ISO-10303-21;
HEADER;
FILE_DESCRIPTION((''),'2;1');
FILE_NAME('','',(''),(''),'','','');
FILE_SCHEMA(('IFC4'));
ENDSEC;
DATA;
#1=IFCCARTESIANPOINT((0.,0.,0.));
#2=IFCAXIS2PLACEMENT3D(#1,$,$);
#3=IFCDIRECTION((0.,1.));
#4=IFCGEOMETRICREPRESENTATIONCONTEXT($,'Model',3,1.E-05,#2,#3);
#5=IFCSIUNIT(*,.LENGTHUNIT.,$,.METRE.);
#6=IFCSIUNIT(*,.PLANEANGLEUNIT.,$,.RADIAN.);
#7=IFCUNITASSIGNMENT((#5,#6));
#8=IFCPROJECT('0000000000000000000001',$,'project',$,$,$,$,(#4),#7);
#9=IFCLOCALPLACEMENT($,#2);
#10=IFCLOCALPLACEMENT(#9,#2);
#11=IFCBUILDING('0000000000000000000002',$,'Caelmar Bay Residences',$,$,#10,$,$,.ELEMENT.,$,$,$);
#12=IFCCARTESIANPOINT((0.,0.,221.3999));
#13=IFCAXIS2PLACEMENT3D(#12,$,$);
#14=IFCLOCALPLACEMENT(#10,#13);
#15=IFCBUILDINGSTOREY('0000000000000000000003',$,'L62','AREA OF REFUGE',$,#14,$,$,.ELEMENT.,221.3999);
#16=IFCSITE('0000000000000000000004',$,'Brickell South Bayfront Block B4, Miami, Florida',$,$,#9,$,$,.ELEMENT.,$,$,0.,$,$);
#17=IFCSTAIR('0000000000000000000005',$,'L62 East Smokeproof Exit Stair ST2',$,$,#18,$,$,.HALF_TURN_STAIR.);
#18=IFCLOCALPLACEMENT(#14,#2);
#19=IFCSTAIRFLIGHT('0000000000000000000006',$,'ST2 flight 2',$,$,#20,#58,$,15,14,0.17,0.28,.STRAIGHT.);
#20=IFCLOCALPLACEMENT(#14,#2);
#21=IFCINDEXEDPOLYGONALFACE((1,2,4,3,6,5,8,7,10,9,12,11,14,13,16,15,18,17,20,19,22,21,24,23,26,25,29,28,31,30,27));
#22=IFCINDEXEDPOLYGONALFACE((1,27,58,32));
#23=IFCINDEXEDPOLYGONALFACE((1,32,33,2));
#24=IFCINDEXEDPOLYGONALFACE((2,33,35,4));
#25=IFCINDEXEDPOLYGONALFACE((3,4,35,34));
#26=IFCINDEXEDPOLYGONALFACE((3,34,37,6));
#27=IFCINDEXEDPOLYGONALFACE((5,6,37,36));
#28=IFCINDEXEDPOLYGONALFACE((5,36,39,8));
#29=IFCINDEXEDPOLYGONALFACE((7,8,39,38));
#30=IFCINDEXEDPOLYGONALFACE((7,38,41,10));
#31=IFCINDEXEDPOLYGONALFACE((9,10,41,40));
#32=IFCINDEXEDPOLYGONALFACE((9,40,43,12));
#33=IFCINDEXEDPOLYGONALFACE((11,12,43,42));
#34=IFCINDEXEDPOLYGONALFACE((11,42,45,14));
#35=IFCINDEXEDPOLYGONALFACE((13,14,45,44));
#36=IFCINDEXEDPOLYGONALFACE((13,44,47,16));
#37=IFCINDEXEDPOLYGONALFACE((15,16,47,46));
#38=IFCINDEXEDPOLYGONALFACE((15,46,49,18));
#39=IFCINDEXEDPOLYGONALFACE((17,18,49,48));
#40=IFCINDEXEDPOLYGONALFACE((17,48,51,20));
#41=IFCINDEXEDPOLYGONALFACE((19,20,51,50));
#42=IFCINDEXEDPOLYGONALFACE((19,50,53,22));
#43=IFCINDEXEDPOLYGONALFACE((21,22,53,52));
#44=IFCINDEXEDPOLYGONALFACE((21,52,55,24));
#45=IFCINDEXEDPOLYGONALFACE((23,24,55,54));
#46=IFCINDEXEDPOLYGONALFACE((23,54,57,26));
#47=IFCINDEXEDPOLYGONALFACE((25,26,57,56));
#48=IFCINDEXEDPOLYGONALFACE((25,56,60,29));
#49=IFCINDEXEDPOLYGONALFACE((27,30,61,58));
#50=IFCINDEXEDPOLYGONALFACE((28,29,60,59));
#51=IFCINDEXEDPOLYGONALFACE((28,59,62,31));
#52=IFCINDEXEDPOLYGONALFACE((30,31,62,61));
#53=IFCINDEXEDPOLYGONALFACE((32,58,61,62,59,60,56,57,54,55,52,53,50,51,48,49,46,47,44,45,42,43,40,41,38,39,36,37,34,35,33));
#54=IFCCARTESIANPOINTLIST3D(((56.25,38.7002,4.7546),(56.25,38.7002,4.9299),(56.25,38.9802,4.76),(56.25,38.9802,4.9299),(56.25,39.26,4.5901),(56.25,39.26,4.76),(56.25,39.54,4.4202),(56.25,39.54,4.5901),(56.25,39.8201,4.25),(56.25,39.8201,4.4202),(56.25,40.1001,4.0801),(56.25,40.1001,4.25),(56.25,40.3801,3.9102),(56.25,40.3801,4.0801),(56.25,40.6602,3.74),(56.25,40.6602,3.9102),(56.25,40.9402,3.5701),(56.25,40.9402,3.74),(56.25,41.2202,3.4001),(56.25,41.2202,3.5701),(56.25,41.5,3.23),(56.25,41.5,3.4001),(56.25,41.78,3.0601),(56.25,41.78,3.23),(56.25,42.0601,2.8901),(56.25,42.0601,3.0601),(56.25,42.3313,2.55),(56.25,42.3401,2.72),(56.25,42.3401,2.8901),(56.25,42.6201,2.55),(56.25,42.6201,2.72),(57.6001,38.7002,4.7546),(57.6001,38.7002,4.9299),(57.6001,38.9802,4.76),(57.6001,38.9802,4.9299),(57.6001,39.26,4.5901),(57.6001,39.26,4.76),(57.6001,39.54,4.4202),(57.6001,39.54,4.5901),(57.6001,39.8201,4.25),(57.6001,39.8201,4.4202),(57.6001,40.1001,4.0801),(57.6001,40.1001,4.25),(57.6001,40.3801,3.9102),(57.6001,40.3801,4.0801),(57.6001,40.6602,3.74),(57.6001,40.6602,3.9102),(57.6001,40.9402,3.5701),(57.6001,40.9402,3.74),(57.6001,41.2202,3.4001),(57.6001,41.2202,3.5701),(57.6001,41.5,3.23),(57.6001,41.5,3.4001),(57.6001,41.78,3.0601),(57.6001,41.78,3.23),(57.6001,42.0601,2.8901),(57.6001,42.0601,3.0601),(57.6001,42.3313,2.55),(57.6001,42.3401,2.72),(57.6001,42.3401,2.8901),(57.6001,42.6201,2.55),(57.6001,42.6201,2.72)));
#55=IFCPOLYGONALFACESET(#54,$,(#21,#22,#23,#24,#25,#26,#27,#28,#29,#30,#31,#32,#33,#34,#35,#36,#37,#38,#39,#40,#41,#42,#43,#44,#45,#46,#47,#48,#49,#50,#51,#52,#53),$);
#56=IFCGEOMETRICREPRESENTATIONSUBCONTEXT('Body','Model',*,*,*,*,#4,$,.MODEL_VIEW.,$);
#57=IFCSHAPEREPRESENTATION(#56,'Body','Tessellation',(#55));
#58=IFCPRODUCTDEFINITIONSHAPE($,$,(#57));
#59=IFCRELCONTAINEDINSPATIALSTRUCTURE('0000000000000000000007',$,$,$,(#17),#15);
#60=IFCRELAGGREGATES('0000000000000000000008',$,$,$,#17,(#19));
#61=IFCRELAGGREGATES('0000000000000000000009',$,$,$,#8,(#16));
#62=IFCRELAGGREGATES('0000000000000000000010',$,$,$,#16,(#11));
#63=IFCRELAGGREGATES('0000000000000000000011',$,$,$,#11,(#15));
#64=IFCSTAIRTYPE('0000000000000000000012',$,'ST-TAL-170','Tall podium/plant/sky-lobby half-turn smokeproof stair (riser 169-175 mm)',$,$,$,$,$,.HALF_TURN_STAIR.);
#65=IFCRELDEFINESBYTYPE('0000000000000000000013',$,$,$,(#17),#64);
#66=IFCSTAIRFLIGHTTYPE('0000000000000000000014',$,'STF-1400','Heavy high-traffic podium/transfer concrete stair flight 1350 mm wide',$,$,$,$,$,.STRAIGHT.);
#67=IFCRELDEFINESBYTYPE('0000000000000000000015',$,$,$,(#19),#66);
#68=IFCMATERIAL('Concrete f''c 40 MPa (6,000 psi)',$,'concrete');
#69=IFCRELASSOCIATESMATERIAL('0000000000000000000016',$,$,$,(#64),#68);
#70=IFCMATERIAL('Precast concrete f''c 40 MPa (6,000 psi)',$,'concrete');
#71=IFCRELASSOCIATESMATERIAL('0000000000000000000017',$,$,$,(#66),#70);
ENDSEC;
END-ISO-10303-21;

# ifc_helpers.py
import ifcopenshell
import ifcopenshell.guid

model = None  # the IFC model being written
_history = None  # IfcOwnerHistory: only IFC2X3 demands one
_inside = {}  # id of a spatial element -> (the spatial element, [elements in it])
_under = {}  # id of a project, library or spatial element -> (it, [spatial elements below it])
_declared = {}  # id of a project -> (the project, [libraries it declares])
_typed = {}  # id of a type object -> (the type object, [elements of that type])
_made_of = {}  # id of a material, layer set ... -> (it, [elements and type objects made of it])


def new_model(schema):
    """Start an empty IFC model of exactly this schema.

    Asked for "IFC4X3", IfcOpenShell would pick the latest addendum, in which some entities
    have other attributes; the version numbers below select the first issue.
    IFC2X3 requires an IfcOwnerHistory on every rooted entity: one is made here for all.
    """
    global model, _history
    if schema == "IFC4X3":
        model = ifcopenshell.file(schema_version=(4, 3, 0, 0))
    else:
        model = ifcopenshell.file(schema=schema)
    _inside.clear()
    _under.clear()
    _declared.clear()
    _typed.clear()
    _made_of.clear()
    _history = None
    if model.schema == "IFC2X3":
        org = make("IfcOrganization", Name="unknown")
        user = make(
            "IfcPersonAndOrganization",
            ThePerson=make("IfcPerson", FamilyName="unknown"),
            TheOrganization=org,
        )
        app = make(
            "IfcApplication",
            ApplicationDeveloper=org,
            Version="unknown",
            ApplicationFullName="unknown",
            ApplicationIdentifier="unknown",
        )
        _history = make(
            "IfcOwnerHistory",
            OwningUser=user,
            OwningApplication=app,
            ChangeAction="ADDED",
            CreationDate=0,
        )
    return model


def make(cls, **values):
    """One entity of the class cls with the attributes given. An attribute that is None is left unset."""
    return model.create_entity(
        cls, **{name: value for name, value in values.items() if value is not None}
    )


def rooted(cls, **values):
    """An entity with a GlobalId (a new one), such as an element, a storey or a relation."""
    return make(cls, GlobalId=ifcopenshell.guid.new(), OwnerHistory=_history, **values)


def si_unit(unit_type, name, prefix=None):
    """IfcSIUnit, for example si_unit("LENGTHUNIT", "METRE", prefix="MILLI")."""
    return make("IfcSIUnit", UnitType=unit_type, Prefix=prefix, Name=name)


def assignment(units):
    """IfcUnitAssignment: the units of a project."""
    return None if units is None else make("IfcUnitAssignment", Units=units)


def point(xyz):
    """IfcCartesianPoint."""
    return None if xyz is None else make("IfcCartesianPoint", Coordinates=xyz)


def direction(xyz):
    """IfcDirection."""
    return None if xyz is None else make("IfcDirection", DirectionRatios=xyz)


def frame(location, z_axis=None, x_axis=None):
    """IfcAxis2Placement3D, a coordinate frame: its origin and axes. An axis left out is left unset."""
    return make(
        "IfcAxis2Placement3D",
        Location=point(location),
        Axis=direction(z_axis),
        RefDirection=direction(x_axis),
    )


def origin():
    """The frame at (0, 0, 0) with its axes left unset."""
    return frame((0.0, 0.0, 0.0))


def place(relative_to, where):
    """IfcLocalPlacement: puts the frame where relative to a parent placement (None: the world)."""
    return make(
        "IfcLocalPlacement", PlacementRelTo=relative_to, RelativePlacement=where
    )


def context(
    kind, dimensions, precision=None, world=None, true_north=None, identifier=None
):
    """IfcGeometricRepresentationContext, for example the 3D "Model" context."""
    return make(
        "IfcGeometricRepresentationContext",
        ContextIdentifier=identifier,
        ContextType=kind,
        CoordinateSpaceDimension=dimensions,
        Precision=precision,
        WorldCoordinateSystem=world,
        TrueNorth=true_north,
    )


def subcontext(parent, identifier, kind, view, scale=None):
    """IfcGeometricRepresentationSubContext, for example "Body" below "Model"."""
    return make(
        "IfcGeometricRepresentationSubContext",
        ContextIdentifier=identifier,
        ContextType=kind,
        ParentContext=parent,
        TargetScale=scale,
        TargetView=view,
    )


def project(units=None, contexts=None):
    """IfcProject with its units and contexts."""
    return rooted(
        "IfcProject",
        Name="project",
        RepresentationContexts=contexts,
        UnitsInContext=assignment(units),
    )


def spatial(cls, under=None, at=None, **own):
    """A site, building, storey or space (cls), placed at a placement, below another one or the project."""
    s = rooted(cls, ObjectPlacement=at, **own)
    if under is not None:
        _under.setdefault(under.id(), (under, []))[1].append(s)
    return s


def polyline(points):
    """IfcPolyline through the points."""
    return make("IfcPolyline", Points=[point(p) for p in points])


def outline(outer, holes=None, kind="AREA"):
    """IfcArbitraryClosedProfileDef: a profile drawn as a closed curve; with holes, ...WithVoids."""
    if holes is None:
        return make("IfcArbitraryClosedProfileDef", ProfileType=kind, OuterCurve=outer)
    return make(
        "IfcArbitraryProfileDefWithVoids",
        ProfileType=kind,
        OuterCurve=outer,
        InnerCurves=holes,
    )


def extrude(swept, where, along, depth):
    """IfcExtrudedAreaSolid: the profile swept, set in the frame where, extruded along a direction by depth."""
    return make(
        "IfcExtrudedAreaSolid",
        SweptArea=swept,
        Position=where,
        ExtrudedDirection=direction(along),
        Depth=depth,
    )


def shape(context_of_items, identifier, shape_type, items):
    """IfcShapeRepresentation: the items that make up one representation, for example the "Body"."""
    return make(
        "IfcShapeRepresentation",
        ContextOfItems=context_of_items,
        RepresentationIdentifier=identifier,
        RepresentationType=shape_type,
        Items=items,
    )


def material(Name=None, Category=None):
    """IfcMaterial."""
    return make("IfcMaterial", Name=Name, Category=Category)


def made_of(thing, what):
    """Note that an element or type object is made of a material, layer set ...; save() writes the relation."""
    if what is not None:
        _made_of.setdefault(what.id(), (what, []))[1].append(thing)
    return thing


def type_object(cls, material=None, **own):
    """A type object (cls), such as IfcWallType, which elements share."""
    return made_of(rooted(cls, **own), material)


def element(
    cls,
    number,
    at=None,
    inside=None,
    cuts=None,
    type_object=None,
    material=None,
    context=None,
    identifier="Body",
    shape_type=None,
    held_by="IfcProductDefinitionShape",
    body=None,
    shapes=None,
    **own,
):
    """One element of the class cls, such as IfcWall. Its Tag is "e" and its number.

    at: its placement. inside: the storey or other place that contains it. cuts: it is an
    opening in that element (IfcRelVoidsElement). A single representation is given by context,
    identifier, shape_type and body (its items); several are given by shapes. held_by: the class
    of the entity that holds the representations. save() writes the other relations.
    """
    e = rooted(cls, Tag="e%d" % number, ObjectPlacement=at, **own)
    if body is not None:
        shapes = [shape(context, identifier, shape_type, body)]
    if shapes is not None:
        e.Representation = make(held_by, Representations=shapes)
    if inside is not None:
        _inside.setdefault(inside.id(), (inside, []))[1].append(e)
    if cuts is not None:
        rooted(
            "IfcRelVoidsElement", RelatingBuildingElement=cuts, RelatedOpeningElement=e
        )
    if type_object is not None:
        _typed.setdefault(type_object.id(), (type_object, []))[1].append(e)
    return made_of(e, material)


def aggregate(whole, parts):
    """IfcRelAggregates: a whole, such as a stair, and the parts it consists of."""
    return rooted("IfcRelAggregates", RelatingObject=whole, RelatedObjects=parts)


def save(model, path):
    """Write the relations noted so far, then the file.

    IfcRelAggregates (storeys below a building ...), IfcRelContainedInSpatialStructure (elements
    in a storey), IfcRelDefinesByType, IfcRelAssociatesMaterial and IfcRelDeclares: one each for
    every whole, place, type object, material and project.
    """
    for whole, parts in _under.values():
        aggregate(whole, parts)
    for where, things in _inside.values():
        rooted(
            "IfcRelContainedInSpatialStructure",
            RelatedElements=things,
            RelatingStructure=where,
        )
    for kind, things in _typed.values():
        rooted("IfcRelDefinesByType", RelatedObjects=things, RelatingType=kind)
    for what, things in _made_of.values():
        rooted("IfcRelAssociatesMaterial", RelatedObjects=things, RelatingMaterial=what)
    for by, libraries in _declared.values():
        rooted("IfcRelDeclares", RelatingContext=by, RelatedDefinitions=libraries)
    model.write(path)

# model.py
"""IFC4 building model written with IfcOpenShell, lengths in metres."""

from ifc_helpers import new_model, si_unit, direction, frame, origin, place, context, subcontext, project, spatial, polyline, outline, extrude, material, type_object, element, aggregate, save


model = new_model("IFC4")

# Units and contexts
model_context = context("Model", 3, precision=1e-05, world=origin(), true_north=direction((0.0, 1.0)))
body_context = subcontext(model_context, "Body", "Model", "MODEL_VIEW")
ifc_project = project(units=[si_unit("LENGTHUNIT", "METRE"), si_unit("PLANEANGLEUNIT", "RADIAN")], contexts=[model_context])

# Site, building, storey
site_placement = place(None, origin())
site = spatial("IfcSite", under=ifc_project, at=site_placement, Name="Brickell South Bayfront Block B4, Miami, Florida", CompositionType="ELEMENT", RefElevation=0.0)
building_placement = place(site_placement, origin())
building = spatial("IfcBuilding", under=site, at=building_placement, Name="Caelmar Bay Residences", CompositionType="ELEMENT")
storey_placement = place(building_placement, frame((0.0, 0.0, 221.3999)))
storey = spatial("IfcBuildingStorey", under=building, at=storey_placement, Name="L62", Description="AREA OF REFUGE", CompositionType="ELEMENT", Elevation=221.3999)

# Stair, stair flight
ifc_material_1 = material(Name="Concrete f'c 40 MPa (6,000 psi)", Category="concrete")
stair_type = type_object("IfcStairType", Name="ST-TAL-170", Description="Tall podium/plant/sky-lobby half-turn smokeproof stair (riser 169-175 mm)", PredefinedType="HALF_TURN_STAIR", material=ifc_material_1)
stair_placement = place(storey_placement, origin())
stair = element("IfcStair", 1, at=stair_placement, inside=storey, type_object=stair_type, Name="L62 East Smokeproof Exit Stair ST2", PredefinedType="HALF_TURN_STAIR")
ifc_material_2 = material(Name="Precast concrete f'c 40 MPa (6,000 psi)", Category="concrete")
stair_flight_type = type_object("IfcStairFlightType", Name="STF-1400", Description="Heavy high-traffic podium/transfer concrete stair flight 1350 mm wide", PredefinedType="STRAIGHT", material=ifc_material_2)
stair_flight_1_placement = place(storey_placement, frame((56.925, 42.6201, 2.55), z_axis=(0.0, 0.0, 1.0), x_axis=(0.0, -1.0, 0.0)))
stair_flight_1 = element("IfcStairFlight", 2, at=stair_flight_1_placement, type_object=stair_flight_type, Name="ST2 flight 2", NumberOfRisers=15, NumberOfTreads=14, PredefinedType="STRAIGHT", RiserHeight=0.17, TreadLength=0.28, context=body_context, shape_type="SweptSolid", body=[
    extrude(outline(polyline([(0.0, 0.0), (0.0, 0.1699), (0.28, 0.1699), (0.28, 0.3401), (0.5601, 0.3401), (0.5601, 0.51), (0.8401, 0.51), (0.8401, 0.6799), (1.1201, 0.6799), (1.1201, 0.8501), (1.3999, 0.8501), (1.3999, 1.02), (1.6799, 1.02), (1.6799, 1.1899), (1.96, 1.1899), (1.96, 1.3601), (2.24, 1.3601), (2.24, 1.53), (2.52, 1.53), (2.52, 1.7), (2.8, 1.7), (2.8, 1.8701), (3.0801, 1.8701), (3.0801, 2.04), (3.3601, 2.04), (3.3601, 2.21), (3.6399, 2.21), (3.6399, 2.3799), (3.9199, 2.3799), (3.9199, 2.55), (3.9199, 2.2046), (0.2888, 0.0), (0.0, 0.0)])), frame((0.0, 0.675, 0.0), z_axis=(0.0, -1.0, 0.0), x_axis=(1.0, 0.0, 0.0)), (0.0, 0.0, 1.0), 1.3501),
])
aggregate(stair, [stair_flight_1])

save(model, "model.ifc")
